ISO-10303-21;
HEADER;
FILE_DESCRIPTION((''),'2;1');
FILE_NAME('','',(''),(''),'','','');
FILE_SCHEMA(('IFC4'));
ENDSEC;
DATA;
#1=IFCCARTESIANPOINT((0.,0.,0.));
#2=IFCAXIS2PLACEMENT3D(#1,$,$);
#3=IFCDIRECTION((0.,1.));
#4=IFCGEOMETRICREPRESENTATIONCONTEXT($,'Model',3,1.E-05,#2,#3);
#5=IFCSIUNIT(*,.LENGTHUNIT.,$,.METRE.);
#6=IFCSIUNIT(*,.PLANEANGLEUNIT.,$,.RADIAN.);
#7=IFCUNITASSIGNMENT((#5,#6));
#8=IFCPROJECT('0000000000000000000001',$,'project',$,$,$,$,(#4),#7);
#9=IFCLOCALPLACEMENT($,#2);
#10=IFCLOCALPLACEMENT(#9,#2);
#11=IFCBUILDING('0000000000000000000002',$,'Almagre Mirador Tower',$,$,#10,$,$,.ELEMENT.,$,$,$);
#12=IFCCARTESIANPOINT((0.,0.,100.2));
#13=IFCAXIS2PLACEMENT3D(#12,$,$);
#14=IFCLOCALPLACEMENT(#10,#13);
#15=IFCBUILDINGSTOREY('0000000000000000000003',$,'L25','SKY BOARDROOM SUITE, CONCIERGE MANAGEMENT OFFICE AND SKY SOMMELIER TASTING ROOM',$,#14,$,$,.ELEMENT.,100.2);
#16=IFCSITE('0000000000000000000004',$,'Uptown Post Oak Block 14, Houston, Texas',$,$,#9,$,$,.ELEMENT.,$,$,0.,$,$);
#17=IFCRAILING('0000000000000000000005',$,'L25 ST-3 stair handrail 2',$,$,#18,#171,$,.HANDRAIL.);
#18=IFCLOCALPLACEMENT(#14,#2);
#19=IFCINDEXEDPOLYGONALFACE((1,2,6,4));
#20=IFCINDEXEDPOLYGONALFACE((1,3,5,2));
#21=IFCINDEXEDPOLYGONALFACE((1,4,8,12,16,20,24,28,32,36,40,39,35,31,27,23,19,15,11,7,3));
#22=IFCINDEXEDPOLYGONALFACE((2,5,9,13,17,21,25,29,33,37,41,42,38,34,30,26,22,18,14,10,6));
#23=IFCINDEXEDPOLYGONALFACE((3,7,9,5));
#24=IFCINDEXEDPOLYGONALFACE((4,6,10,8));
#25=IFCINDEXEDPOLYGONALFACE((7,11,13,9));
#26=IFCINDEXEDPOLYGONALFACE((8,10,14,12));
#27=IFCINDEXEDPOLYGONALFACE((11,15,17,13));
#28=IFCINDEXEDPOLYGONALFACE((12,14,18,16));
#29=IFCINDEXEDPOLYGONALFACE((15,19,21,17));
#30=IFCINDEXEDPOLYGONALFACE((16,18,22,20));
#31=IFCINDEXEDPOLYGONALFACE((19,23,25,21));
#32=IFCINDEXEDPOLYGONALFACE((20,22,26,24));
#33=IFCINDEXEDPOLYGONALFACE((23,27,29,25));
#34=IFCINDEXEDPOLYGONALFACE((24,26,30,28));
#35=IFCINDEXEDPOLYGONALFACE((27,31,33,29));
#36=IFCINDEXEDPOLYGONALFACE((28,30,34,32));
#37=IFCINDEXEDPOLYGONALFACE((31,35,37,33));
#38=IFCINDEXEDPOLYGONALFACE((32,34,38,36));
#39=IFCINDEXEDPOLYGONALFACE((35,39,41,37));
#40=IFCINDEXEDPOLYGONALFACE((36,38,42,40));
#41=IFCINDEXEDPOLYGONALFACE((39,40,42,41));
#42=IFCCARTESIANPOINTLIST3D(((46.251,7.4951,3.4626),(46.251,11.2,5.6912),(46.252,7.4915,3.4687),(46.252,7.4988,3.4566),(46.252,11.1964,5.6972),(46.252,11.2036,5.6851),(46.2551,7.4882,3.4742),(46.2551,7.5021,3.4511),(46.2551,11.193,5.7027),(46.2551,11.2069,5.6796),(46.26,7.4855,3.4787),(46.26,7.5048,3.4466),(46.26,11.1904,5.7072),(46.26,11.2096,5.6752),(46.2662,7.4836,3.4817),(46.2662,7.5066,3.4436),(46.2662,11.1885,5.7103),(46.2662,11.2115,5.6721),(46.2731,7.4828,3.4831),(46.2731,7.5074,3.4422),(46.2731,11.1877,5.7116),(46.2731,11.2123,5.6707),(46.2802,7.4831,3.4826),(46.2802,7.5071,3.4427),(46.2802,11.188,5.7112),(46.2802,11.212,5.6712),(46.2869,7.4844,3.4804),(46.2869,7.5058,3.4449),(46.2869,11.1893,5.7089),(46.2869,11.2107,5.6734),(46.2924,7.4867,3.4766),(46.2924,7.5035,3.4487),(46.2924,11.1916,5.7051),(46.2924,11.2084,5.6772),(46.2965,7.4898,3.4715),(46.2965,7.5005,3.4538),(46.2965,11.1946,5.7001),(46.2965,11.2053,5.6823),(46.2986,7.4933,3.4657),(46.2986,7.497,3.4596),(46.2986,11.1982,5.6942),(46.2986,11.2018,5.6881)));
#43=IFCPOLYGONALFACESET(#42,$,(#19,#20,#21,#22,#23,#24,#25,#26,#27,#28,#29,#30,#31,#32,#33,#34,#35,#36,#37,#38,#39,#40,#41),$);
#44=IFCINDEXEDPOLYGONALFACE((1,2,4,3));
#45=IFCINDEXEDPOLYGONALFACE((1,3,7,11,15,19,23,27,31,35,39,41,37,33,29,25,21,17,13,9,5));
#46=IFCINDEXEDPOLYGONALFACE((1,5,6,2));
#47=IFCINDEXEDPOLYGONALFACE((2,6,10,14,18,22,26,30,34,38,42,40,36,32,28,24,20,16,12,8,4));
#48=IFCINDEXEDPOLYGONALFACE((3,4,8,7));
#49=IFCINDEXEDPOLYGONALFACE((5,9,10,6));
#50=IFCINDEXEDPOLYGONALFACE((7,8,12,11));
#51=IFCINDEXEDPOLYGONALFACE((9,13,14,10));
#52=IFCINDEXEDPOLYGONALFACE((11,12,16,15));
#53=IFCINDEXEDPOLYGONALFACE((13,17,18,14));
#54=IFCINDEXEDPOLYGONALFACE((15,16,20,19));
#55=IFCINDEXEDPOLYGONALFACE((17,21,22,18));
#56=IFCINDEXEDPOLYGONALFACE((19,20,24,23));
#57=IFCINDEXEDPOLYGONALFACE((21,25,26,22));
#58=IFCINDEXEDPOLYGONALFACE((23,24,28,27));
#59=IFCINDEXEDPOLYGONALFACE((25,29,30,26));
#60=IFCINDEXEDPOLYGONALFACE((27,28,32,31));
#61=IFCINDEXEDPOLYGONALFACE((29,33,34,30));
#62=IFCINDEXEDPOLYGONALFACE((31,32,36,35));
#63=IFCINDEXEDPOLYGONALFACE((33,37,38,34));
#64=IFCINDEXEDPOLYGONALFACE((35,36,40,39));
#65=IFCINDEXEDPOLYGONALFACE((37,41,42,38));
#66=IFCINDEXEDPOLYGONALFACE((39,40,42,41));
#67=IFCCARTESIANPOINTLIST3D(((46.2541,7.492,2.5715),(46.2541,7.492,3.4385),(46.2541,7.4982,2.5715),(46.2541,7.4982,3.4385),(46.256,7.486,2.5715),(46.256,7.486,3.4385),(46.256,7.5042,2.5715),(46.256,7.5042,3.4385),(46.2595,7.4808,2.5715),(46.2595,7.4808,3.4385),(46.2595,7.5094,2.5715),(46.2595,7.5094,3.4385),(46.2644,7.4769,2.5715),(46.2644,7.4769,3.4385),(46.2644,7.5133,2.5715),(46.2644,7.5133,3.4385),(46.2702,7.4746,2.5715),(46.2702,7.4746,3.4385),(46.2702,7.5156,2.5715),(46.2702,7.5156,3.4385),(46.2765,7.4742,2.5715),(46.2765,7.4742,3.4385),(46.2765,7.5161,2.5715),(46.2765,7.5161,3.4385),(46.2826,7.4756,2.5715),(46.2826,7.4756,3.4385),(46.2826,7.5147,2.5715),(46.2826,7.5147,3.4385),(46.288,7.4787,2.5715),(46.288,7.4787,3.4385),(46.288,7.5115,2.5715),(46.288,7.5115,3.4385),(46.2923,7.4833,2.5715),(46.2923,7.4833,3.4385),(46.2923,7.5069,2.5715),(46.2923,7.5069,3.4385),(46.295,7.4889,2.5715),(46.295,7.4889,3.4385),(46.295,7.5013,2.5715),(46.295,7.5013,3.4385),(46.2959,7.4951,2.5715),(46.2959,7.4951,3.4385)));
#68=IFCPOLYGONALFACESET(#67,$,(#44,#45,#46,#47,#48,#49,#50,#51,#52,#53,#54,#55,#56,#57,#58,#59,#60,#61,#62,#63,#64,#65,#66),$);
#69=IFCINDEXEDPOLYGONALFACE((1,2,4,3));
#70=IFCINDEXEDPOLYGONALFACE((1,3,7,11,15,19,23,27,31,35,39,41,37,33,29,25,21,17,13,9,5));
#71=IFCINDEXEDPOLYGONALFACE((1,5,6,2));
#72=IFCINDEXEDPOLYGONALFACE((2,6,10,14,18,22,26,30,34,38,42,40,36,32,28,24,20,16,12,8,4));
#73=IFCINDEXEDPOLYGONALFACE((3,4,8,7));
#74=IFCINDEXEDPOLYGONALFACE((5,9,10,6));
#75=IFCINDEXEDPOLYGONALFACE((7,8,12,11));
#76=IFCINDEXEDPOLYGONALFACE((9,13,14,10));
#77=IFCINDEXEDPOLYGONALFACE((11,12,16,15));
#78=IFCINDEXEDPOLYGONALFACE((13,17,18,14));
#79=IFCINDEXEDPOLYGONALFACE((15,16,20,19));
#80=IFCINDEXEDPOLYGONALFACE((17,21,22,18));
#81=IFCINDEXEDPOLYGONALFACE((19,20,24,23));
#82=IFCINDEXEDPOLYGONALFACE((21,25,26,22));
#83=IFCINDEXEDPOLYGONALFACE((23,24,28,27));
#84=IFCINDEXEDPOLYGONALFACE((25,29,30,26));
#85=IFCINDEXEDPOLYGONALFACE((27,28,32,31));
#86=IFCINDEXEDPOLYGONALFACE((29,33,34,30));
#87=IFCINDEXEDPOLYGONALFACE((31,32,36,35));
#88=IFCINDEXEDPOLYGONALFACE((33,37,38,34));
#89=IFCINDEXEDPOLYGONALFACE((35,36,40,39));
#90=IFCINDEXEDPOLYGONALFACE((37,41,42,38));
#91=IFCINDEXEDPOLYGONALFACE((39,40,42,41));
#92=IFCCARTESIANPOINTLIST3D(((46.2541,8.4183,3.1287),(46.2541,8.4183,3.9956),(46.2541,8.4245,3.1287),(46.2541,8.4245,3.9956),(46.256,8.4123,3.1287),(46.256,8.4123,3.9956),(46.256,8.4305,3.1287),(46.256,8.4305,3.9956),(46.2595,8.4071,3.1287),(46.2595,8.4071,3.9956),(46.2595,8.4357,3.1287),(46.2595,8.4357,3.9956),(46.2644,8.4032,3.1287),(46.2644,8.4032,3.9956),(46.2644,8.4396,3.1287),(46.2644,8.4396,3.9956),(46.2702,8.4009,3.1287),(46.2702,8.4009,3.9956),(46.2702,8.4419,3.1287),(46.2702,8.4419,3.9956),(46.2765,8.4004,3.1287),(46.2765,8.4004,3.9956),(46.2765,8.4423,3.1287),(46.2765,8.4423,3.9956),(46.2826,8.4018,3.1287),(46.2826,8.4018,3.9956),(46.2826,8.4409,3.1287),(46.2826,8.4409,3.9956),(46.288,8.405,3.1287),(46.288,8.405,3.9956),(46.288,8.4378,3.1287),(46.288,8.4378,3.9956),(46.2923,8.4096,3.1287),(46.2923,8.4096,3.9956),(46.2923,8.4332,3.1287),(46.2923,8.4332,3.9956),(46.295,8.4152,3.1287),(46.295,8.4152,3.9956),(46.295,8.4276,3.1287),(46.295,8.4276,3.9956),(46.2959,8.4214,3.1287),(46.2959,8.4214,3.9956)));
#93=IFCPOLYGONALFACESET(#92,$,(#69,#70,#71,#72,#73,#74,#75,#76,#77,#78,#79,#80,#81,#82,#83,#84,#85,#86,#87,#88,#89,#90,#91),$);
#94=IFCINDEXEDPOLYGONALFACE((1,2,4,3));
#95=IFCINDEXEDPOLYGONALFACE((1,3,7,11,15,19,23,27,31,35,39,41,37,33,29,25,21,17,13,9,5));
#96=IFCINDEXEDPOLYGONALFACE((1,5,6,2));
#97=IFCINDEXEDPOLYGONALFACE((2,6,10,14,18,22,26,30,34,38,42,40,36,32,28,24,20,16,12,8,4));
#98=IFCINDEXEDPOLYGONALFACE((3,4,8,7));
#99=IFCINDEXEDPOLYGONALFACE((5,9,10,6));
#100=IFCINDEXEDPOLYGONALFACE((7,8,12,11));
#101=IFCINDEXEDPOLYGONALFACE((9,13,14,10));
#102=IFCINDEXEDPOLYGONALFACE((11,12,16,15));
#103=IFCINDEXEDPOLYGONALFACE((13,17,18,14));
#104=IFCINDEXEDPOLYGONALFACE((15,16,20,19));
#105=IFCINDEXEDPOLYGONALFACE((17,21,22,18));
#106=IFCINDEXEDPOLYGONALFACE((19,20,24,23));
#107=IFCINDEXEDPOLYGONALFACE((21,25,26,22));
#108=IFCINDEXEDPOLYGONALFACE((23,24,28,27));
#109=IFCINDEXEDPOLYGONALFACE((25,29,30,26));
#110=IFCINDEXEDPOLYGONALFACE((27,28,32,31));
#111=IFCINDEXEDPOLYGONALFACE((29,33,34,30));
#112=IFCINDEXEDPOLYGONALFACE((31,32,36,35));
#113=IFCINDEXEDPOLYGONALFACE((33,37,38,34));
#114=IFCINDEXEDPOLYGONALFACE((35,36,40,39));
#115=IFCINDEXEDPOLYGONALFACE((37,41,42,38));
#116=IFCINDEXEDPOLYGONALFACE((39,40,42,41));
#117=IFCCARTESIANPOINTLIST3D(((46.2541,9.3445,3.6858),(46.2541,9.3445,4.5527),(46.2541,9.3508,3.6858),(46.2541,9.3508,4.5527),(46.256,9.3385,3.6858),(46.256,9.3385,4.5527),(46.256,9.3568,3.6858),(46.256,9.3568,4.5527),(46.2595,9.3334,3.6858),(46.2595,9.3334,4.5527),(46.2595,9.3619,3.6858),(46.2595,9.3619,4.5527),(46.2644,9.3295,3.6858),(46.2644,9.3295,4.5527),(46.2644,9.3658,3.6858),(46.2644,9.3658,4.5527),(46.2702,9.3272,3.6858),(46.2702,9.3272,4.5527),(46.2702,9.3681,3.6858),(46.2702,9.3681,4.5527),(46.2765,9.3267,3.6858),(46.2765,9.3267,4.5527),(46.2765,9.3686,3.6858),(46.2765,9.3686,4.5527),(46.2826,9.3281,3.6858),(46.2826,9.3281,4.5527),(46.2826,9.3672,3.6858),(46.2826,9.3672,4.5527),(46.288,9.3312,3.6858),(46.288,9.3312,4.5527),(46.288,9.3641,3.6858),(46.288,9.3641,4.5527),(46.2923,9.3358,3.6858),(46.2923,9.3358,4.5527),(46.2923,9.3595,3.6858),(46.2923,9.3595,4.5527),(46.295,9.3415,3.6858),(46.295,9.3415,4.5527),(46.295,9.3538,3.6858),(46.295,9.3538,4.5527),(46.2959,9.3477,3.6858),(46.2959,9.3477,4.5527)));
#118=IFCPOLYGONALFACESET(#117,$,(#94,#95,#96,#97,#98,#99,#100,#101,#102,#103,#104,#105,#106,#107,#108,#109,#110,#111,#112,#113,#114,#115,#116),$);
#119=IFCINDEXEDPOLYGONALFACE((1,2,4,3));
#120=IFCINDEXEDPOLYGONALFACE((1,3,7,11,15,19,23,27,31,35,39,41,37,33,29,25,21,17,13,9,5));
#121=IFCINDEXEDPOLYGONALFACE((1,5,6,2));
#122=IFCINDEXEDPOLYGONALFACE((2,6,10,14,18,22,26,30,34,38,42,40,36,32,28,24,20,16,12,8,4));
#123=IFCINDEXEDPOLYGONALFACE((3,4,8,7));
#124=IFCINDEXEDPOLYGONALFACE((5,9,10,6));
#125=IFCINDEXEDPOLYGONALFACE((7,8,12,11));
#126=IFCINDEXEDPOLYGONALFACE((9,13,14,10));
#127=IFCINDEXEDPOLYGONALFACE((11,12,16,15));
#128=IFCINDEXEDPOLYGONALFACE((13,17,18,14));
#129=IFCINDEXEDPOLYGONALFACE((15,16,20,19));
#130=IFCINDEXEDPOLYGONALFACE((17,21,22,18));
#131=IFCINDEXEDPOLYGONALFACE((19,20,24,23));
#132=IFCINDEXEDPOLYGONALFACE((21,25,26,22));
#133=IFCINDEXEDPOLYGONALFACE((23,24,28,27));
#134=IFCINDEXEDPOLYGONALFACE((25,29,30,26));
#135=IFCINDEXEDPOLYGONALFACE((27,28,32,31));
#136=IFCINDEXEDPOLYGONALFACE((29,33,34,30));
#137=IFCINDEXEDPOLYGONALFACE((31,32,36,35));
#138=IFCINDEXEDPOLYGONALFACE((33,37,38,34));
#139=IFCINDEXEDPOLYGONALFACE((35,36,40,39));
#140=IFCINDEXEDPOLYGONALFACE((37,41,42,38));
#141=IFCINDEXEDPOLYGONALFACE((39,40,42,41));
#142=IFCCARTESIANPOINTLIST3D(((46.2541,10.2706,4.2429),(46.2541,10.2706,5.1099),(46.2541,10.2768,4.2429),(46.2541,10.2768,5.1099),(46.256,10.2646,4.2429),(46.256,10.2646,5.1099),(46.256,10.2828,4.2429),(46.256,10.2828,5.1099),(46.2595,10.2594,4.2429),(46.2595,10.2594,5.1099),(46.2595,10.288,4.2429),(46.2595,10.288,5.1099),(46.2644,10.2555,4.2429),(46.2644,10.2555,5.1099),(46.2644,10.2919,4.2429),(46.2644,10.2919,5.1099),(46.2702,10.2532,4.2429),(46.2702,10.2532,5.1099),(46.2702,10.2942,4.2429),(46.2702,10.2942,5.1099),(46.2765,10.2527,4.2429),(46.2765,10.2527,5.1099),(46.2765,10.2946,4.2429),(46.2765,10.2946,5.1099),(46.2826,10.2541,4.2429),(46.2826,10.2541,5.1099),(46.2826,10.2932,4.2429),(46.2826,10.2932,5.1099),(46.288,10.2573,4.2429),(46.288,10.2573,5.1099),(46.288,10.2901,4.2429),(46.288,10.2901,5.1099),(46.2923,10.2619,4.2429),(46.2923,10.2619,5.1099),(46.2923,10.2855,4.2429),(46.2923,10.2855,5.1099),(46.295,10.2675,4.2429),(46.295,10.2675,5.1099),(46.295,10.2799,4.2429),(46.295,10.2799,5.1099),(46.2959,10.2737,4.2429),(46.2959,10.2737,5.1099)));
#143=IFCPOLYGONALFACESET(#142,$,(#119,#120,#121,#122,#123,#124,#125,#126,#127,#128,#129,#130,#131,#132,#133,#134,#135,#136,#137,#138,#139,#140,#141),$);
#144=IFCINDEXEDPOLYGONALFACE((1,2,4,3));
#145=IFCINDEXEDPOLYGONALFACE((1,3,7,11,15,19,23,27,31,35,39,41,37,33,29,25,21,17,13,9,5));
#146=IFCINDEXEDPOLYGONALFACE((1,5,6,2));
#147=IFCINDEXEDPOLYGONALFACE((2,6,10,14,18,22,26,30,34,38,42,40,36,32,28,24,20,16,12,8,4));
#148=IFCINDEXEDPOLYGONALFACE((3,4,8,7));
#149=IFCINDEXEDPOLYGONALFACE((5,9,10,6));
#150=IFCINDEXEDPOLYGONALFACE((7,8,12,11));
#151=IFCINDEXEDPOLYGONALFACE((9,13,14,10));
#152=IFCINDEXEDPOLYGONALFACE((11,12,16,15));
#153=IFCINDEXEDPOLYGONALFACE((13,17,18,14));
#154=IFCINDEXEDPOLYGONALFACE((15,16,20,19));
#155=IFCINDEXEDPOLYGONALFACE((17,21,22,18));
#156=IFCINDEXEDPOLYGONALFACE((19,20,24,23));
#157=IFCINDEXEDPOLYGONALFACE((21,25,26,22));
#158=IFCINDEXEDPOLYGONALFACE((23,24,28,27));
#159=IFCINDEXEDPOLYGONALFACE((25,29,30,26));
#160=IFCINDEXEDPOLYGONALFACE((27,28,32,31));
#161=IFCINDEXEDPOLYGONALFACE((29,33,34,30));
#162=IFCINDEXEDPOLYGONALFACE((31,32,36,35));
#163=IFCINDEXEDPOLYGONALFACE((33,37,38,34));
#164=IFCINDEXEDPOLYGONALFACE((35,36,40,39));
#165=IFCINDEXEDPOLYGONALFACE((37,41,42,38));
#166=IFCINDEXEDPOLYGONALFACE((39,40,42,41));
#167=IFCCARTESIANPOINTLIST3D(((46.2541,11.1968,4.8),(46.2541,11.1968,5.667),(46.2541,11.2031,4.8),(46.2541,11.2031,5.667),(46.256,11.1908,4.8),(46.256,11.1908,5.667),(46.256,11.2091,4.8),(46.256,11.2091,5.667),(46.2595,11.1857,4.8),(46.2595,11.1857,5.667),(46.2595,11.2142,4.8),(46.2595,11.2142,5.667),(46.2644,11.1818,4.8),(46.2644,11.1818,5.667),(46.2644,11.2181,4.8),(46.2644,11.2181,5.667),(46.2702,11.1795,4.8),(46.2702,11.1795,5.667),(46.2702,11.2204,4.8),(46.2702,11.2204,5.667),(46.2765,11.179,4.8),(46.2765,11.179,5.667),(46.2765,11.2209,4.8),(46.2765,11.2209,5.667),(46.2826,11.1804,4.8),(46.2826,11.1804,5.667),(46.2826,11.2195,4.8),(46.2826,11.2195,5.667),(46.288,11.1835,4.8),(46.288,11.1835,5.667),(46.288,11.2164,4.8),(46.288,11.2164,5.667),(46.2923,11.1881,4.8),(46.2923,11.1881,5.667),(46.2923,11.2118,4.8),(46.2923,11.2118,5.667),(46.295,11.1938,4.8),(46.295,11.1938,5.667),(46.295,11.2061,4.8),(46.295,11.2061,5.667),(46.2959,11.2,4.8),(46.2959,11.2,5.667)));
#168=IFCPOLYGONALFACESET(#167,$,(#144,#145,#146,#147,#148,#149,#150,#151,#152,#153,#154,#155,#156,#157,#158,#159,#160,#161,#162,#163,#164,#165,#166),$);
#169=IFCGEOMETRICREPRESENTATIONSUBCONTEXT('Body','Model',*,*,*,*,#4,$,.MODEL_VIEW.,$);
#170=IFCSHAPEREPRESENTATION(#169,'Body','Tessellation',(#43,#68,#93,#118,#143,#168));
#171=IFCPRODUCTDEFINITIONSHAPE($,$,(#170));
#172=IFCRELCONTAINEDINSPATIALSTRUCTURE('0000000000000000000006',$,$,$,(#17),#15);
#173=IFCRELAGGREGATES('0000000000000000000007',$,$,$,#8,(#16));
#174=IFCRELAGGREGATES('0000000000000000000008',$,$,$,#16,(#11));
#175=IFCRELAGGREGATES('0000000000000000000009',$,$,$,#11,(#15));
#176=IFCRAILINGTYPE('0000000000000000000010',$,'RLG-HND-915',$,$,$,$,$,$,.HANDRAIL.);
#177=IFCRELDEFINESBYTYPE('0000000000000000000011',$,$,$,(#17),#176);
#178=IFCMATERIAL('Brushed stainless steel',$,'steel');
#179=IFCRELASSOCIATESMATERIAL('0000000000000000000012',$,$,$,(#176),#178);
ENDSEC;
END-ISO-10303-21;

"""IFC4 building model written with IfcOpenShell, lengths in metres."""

from ifc_helpers import new_model, si_unit, direction, frame, origin, origin_2d, place, context, subcontext, project, spatial, circle, extrude, material, type_object, element, save


model = new_model("IFC4")

# Units and contexts
model_context = context("Model", 3, precision=1e-05, world=origin(), true_north=direction((0.0, 1.0)))
body_context = subcontext(model_context, "Body", "Model", "MODEL_VIEW")
ifc_project = project(units=[si_unit("LENGTHUNIT", "METRE"), si_unit("PLANEANGLEUNIT", "RADIAN")], contexts=[model_context])

# Site, building, storey
site_placement = place(None, origin())
site = spatial("IfcSite", under=ifc_project, at=site_placement, Name="Uptown Post Oak Block 14, Houston, Texas", CompositionType="ELEMENT", RefElevation=0.0)
building_placement = place(site_placement, origin())
building = spatial("IfcBuilding", under=site, at=building_placement, Name="Almagre Mirador Tower", CompositionType="ELEMENT")
storey_placement = place(building_placement, frame((0.0, 0.0, 100.2)))
storey = spatial("IfcBuildingStorey", under=building, at=storey_placement, Name="L25", Description="SKY BOARDROOM SUITE, CONCIERGE MANAGEMENT OFFICE AND SKY SOMMELIER TASTING ROOM", CompositionType="ELEMENT", Elevation=100.2)

# Railing
ifc_material_1 = material(Name="Brushed stainless steel", Category="steel")
railing_type = type_object("IfcRailingType", Name="RLG-HND-915", PredefinedType="HANDRAIL", material=ifc_material_1)
railing_placement = place(storey_placement, frame((46.2749, 7.4951, 2.5715)))
element("IfcRailing", 1, at=railing_placement, inside=storey, type_object=railing_type, Name="L25 ST-3 stair handrail 2", PredefinedType="HANDRAIL", context=body_context, shape_type="SweptSolid", body=[
    extrude(circle(Radius=0.0239, at=origin_2d()), frame((0.0, 0.0, 0.8911), z_axis=(0.0, 0.856919, 0.51545), x_axis=(-1.0, 0.0, 0.0)), (0.0, 0.0, 1.0), 4.3235),
    extrude(circle(Radius=0.021, at=origin_2d()), origin(), (0.0, 0.0, 1.0), 0.8669),
    extrude(circle(Radius=0.021, at=origin_2d()), frame((0.0, 0.9263, 0.5571)), (0.0, 0.0, 1.0), 0.8669),
    extrude(circle(Radius=0.021, at=origin_2d()), frame((0.0, 1.8525, 1.1143)), (0.0, 0.0, 1.0), 0.8669),
    extrude(circle(Radius=0.021, at=origin_2d()), frame((0.0, 2.7786, 1.6714)), (0.0, 0.0, 1.0), 0.8669),
    extrude(circle(Radius=0.021, at=origin_2d()), frame((0.0, 3.7048, 2.2285)), (0.0, 0.0, 1.0), 0.8669),
])

save(model, "model.ifc")
